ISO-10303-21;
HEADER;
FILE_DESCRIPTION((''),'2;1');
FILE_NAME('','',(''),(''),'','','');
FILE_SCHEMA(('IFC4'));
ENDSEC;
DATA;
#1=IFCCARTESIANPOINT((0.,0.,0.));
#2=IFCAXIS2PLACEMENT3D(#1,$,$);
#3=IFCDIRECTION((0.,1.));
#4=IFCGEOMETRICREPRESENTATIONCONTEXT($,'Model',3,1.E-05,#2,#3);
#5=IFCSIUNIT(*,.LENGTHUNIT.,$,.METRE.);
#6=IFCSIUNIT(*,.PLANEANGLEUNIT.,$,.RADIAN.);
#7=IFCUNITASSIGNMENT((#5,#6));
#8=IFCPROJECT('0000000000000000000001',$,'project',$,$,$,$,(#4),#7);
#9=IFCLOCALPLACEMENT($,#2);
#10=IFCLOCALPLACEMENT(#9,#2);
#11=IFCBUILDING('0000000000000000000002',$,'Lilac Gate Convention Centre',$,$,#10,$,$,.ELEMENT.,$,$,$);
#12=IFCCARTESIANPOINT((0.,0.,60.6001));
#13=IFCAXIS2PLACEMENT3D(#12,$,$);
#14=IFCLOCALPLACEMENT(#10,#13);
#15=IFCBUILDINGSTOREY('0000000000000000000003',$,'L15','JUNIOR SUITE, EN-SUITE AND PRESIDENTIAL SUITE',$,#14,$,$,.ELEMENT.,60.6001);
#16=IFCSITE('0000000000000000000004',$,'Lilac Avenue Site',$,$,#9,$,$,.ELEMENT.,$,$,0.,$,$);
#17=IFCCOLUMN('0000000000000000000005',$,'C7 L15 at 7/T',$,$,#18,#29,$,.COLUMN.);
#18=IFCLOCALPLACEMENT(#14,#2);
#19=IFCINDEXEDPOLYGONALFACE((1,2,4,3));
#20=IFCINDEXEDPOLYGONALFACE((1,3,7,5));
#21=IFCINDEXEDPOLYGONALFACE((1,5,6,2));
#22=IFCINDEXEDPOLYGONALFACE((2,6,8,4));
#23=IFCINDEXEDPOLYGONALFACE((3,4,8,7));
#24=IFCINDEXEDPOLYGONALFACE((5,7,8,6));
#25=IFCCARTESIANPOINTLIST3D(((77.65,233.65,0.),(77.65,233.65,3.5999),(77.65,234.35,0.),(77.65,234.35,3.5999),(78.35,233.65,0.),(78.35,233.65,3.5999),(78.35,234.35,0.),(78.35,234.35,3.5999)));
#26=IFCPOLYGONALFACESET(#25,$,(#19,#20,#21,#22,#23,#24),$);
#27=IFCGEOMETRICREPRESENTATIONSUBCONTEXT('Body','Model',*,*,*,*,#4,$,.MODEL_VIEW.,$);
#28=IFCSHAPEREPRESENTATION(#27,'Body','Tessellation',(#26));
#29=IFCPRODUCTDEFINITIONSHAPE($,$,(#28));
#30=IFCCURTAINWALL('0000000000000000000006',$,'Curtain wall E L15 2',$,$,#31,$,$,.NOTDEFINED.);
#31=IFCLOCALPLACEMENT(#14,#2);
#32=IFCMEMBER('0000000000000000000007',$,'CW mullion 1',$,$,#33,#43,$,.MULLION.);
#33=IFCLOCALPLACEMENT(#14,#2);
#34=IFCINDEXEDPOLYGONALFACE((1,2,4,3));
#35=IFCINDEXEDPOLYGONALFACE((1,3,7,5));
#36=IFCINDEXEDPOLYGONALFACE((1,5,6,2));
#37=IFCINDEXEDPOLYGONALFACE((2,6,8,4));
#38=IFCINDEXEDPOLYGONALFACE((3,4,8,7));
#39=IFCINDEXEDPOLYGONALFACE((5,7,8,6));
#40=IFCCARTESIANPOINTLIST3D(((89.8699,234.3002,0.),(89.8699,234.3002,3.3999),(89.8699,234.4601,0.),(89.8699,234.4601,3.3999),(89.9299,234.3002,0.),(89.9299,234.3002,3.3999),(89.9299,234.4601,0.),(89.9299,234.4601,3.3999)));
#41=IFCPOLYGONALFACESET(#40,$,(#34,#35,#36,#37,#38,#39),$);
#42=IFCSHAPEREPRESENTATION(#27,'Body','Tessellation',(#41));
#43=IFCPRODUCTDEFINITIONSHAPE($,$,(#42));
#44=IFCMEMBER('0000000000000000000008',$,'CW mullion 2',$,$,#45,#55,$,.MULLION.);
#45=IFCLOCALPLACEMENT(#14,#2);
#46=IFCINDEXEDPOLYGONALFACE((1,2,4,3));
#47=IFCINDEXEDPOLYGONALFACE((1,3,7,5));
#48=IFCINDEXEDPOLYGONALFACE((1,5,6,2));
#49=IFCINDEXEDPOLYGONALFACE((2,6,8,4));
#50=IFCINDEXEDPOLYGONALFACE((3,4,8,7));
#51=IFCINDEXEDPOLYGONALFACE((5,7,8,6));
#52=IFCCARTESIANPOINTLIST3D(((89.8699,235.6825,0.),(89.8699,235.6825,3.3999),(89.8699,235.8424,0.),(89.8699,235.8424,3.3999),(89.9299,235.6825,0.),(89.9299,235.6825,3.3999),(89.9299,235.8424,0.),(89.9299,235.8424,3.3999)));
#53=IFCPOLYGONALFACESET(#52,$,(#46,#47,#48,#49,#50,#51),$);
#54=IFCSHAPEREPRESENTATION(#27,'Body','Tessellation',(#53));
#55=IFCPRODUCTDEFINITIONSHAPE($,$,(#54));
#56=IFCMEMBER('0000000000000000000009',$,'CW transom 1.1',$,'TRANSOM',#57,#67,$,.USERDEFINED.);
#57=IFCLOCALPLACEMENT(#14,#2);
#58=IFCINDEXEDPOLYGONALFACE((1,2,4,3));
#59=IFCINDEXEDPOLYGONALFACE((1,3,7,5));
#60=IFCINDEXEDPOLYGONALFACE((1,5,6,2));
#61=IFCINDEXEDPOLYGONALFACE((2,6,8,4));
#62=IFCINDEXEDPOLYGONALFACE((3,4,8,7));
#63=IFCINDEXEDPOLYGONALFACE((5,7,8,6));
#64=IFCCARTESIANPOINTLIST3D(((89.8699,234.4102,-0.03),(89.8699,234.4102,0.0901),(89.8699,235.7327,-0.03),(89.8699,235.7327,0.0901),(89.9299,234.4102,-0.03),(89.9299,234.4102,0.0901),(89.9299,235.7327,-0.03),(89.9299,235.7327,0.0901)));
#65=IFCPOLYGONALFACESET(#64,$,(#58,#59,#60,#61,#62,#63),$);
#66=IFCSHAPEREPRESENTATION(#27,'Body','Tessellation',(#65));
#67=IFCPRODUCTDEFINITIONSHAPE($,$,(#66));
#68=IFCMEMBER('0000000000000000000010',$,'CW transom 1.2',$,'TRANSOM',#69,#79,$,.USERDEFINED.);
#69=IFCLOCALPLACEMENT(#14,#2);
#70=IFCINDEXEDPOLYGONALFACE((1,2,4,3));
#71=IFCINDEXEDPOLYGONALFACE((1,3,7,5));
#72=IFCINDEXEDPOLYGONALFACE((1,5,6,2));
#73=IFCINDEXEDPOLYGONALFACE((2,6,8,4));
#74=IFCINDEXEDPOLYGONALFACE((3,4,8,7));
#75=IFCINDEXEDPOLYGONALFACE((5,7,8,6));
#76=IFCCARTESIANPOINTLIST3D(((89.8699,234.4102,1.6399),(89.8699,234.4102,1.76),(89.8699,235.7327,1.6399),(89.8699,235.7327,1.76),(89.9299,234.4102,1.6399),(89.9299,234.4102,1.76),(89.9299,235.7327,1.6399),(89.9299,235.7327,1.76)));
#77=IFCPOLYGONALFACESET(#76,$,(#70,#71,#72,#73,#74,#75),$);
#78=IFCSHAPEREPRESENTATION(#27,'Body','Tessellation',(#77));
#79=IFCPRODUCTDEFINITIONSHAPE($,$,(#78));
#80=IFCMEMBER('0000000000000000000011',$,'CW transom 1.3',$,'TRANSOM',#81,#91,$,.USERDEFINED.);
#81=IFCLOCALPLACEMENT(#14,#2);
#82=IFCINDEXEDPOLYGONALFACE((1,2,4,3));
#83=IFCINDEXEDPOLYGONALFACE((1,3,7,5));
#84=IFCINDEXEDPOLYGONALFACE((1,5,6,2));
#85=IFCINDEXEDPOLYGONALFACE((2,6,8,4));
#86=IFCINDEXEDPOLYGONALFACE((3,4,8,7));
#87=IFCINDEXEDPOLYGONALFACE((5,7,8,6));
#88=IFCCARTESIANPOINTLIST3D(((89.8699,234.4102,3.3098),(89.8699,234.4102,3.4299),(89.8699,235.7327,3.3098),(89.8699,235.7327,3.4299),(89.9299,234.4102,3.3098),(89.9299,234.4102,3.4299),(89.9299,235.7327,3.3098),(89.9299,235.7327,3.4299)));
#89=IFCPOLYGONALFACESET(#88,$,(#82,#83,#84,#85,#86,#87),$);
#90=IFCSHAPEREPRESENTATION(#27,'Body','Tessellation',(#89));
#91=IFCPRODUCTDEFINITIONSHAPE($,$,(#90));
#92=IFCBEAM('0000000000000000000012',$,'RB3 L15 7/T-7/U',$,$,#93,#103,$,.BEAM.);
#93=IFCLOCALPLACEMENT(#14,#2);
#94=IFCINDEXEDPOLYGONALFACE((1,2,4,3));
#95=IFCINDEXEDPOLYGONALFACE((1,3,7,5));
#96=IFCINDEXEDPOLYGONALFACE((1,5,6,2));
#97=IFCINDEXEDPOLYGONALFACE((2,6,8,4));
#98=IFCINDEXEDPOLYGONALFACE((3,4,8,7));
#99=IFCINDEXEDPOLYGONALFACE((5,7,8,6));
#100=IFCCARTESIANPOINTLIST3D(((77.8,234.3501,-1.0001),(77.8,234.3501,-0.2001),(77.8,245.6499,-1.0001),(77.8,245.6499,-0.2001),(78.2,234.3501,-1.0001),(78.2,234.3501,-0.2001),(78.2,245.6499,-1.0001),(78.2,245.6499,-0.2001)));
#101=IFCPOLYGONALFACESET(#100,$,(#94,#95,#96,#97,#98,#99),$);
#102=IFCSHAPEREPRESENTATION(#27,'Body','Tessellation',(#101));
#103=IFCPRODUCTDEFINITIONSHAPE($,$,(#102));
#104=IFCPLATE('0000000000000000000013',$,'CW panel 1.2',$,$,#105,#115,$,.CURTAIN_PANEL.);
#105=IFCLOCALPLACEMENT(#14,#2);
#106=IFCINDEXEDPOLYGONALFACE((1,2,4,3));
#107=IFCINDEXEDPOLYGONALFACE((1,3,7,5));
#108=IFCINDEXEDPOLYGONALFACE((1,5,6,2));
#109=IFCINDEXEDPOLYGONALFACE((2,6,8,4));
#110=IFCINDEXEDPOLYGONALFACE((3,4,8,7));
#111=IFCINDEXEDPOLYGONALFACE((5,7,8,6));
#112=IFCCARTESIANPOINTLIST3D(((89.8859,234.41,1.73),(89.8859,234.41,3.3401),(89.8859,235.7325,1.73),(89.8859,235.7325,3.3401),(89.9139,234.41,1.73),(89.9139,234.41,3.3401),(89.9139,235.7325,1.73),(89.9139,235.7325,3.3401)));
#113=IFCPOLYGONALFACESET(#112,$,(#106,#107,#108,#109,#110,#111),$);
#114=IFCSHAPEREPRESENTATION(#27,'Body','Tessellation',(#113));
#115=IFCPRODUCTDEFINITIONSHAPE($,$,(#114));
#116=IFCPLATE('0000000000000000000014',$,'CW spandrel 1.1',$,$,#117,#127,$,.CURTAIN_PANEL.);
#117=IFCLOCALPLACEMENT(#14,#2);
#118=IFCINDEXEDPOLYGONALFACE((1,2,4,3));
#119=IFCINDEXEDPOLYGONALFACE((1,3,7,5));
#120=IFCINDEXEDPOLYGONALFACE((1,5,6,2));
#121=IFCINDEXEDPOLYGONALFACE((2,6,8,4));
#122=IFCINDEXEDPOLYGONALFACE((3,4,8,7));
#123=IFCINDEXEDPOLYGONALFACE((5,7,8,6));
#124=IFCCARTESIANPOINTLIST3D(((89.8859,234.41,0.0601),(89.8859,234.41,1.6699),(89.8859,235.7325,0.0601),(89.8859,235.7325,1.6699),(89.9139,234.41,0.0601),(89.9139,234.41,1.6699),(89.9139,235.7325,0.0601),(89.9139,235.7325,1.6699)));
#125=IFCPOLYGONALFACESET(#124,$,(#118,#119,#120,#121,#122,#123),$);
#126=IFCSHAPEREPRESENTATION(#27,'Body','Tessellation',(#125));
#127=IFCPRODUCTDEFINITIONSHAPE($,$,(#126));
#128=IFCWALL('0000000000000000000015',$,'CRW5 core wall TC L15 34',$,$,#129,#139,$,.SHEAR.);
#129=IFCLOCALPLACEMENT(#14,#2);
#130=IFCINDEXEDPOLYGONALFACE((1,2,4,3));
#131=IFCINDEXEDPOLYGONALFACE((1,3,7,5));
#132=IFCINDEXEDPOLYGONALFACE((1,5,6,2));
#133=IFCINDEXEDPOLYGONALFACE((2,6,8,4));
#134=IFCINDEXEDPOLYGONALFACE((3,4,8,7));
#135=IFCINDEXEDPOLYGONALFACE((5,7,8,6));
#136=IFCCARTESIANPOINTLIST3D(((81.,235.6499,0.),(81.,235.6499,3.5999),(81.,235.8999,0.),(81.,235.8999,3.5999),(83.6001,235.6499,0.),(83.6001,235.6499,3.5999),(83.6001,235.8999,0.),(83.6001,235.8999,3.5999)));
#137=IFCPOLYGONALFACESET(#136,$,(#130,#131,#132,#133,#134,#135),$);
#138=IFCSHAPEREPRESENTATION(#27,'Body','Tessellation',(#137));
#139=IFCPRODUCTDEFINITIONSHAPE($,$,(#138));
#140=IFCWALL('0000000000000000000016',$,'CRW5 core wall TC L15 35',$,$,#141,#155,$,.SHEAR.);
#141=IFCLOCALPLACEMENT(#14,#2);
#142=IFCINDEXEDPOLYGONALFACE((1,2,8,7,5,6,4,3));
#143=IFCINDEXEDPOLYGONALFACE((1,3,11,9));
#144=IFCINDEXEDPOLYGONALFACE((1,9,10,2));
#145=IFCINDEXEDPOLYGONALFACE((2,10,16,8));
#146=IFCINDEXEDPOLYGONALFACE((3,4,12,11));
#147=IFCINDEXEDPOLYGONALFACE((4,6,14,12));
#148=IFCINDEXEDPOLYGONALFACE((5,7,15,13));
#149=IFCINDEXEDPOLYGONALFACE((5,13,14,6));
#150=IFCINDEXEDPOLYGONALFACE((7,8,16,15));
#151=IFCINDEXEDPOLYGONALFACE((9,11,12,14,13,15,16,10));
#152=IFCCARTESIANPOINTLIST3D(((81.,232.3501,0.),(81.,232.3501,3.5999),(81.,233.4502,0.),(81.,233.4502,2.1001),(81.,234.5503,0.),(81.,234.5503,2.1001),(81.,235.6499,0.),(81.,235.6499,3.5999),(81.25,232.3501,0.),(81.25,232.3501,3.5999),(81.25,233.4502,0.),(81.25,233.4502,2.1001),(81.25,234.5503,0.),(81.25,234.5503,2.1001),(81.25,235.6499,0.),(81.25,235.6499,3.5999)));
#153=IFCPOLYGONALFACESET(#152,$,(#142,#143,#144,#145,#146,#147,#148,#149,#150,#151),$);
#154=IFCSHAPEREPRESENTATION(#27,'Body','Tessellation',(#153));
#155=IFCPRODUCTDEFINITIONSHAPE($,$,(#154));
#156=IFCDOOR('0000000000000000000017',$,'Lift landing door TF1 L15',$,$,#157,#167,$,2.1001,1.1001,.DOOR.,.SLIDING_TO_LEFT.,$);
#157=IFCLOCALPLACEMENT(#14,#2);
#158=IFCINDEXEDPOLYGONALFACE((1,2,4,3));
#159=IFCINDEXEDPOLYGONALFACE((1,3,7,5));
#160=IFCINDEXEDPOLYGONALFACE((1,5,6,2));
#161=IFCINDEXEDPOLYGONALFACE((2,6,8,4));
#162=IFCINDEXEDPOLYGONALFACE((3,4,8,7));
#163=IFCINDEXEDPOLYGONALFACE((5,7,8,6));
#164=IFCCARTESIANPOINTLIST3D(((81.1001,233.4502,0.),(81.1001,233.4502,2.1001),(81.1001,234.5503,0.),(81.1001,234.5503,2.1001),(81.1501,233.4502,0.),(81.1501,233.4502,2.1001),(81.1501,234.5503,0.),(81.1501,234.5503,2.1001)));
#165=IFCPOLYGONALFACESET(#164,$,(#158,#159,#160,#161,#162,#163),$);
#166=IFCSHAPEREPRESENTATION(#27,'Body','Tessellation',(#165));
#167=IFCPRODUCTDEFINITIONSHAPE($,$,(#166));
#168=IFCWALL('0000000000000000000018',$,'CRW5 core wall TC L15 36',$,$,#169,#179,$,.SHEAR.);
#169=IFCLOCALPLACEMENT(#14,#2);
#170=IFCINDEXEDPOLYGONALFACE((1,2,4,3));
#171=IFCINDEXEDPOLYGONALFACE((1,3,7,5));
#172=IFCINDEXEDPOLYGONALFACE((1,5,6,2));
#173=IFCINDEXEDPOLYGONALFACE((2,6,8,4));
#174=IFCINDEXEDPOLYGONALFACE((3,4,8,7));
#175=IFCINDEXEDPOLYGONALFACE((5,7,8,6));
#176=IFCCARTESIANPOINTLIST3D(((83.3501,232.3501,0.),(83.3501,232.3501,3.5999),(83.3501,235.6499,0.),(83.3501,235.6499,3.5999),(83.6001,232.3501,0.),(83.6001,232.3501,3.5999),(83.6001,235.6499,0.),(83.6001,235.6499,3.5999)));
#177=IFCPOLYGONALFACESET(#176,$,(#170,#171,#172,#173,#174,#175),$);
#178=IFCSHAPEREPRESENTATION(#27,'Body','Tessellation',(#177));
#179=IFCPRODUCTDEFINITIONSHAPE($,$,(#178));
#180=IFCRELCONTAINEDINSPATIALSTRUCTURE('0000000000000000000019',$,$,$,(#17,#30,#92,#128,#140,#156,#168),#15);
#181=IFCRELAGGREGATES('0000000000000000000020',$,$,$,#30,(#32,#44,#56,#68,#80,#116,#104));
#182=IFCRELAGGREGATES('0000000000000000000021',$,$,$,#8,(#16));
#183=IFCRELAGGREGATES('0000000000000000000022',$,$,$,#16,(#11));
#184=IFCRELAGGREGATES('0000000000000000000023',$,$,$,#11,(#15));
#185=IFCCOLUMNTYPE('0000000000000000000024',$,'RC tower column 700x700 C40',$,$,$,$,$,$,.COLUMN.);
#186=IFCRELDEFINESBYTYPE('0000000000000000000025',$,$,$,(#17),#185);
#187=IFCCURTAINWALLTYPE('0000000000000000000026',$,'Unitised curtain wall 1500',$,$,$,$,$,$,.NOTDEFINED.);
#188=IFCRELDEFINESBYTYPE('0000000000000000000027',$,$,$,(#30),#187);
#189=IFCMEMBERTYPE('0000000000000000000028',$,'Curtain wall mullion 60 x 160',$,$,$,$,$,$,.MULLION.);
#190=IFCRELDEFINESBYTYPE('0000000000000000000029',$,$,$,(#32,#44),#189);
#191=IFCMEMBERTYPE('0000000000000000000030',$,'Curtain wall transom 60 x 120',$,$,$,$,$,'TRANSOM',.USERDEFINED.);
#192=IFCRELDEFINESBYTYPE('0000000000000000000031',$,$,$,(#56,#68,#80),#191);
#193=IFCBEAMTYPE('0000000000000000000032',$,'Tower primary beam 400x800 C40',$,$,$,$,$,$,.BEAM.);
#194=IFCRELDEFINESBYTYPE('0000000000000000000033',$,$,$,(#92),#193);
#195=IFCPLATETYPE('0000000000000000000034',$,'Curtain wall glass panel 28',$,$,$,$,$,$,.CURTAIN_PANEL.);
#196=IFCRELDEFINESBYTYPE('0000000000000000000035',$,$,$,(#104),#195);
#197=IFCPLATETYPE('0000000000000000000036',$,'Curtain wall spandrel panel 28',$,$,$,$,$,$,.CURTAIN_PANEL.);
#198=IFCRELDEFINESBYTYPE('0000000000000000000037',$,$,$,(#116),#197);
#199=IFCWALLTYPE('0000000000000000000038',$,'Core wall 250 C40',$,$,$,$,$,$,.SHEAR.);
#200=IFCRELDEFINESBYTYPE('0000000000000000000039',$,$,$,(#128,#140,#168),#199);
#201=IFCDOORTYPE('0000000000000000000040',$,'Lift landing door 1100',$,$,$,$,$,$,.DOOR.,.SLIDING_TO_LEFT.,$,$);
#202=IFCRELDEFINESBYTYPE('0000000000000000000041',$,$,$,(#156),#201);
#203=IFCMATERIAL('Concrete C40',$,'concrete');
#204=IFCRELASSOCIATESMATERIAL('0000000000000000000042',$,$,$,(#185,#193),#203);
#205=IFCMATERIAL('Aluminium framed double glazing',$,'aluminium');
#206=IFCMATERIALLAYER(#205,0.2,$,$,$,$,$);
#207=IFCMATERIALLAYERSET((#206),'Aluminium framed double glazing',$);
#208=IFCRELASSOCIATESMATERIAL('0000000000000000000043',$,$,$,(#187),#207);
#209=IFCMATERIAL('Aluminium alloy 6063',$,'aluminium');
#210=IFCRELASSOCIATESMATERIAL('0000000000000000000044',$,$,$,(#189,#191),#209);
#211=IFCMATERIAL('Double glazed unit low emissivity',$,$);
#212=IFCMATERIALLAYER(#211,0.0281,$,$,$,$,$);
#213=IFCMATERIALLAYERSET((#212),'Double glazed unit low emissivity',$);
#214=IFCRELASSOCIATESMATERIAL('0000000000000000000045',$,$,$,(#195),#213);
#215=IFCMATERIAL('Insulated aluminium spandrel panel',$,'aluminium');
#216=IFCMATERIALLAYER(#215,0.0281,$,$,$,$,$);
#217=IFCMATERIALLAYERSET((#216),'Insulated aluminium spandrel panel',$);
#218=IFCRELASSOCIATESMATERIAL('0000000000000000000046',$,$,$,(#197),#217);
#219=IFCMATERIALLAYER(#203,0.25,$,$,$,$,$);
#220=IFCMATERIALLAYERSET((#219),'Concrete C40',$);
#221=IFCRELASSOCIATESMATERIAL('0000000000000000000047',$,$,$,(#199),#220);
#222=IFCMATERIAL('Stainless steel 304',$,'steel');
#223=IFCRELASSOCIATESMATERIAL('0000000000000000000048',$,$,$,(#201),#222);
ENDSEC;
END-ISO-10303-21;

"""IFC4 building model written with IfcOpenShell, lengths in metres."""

from ifc_helpers import new_model, si_unit, direction, frame, frame_2d, origin, origin_2d, place, context, subcontext, project, spatial, rectangle, extrude, material, layer, layer_set, material_profile, profile_set, type_object, element, fill, aggregate, save


model = new_model("IFC4")

# Units and contexts
model_context = context("Model", 3, precision=1e-05, world=origin(), true_north=direction((0.0, 1.0)))
body_context = subcontext(model_context, "Body", "Model", "MODEL_VIEW")
ifc_project = project(units=[si_unit("LENGTHUNIT", "METRE"), si_unit("PLANEANGLEUNIT", "RADIAN")], contexts=[model_context])

# Site, building, storey
site_placement = place(None, origin())
site = spatial("IfcSite", under=ifc_project, at=site_placement, Name="Lilac Avenue Site", CompositionType="ELEMENT", RefElevation=0.0)
building_placement = place(site_placement, origin())
building = spatial("IfcBuilding", under=site, at=building_placement, Name="Lilac Gate Convention Centre", CompositionType="ELEMENT")
storey_placement = place(building_placement, frame((0.0, 0.0, 60.6001)))
storey = spatial("IfcBuildingStorey", under=building, at=storey_placement, Name="L15", Description="JUNIOR SUITE, EN-SUITE AND PRESIDENTIAL SUITE", CompositionType="ELEMENT", Elevation=60.6001)

# Column
ifc_material_1 = material(Name="Concrete C40", Category="concrete")
ifc_material_profile_1 = material_profile(ifc_material_1, rectangle(XDim=0.7, YDim=0.7, at=origin_2d()), Name="RC 700x700")
ifc_profile_set_1 = profile_set([ifc_material_profile_1], Name="Concrete C40")
column_type = type_object("IfcColumnType", Name="RC tower column 700x700 C40", PredefinedType="COLUMN", material=ifc_profile_set_1)
column_placement = place(storey_placement, frame((78.0, 234.0, 0.0), z_axis=(0.0, 0.0, 1.0), x_axis=(1.0, 0.0, 0.0)))
element("IfcColumn", 1, at=column_placement, inside=storey, type_object=column_type, Name="C7 L15 at 7/T", PredefinedType="COLUMN", context=body_context, shape_type="SweptSolid", body=[
    extrude(rectangle(XDim=0.7, YDim=0.7, at=origin_2d()), origin(), (0.0, 0.0, 1.0), 3.5999),
])

# Curtain wall, members
ifc_material_2 = material(Name="Aluminium framed double glazing", Category="aluminium")
ifc_layer_1 = layer(ifc_material_2, 0.2)
ifc_layer_set_1 = layer_set([ifc_layer_1], Name="Aluminium framed double glazing")
curtain_wall_type = type_object("IfcCurtainWallType", Name="Unitised curtain wall 1500", PredefinedType="NOTDEFINED", material=ifc_layer_set_1)
curtain_wall_placement = place(storey_placement, origin())
curtain_wall = element("IfcCurtainWall", 2, at=curtain_wall_placement, inside=storey, type_object=curtain_wall_type, Name="Curtain wall E L15 2", PredefinedType="NOTDEFINED")
ifc_material_3 = material(Name="Aluminium alloy 6063", Category="aluminium")
ifc_material_profile_2 = material_profile(ifc_material_3, rectangle(XDim=0.0601, YDim=0.1599, at=origin_2d()), Name="Curtain wall mullion 60 x 160")
ifc_profile_set_2 = profile_set([ifc_material_profile_2], Name="Aluminium alloy 6063")
member_type_1 = type_object("IfcMemberType", Name="Curtain wall mullion 60 x 160", PredefinedType="MULLION", material=ifc_profile_set_2)
member_1_placement = place(storey_placement, frame((89.8999, 234.3801, 0.0), z_axis=(0.0, 0.0, 1.0), x_axis=(-1.0, 0.0, 0.0)))
member_1 = element("IfcMember", 3, at=member_1_placement, type_object=member_type_1, Name="CW mullion 1", PredefinedType="MULLION", context=body_context, shape_type="SweptSolid", body=[
    extrude(rectangle(XDim=0.0601, YDim=0.1599, at=origin_2d()), origin(), (0.0, 0.0, 1.0), 3.3999),
])
member_2_placement = place(storey_placement, frame((89.8999, 235.7625, 0.0), z_axis=(0.0, 0.0, 1.0), x_axis=(-1.0, 0.0, 0.0)))
member_2 = element("IfcMember", 4, at=member_2_placement, type_object=member_type_1, Name="CW mullion 2", PredefinedType="MULLION", context=body_context, shape_type="SweptSolid", body=[
    extrude(rectangle(XDim=0.0601, YDim=0.1599, at=origin_2d()), origin(), (0.0, 0.0, 1.0), 3.3999),
])
ifc_material_profile_3 = material_profile(ifc_material_3, rectangle(XDim=0.0601, YDim=0.1201, at=origin_2d()), Name="Curtain wall transom 60 x 120")
ifc_profile_set_3 = profile_set([ifc_material_profile_3], Name="Aluminium alloy 6063")
member_type_2 = type_object("IfcMemberType", Name="Curtain wall transom 60 x 120", ElementType="TRANSOM", PredefinedType="USERDEFINED", material=ifc_profile_set_3)
member_3_placement = place(storey_placement, frame((89.8999, 234.4102, 0.03), z_axis=(0.0, 1.0, 0.0), x_axis=(-1.0, 0.0, 0.0)))
member_3 = element("IfcMember", 5, at=member_3_placement, type_object=member_type_2, Name="CW transom 1.1", ObjectType="TRANSOM", PredefinedType="USERDEFINED", context=body_context, shape_type="SweptSolid", body=[
    extrude(rectangle(XDim=0.0601, YDim=0.1201, at=origin_2d()), origin(), (0.0, 0.0, 1.0), 1.3225),
])
member_4_placement = place(storey_placement, frame((89.8999, 234.4102, 1.7), z_axis=(0.0, 1.0, 0.0), x_axis=(-1.0, 0.0, 0.0)))
member_4 = element("IfcMember", 6, at=member_4_placement, type_object=member_type_2, Name="CW transom 1.2", ObjectType="TRANSOM", PredefinedType="USERDEFINED", context=body_context, shape_type="SweptSolid", body=[
    extrude(rectangle(XDim=0.0601, YDim=0.1201, at=origin_2d()), origin(), (0.0, 0.0, 1.0), 1.3225),
])
member_5_placement = place(storey_placement, frame((89.8999, 234.4102, 3.3699), z_axis=(0.0, 1.0, 0.0), x_axis=(-1.0, 0.0, 0.0)))
member_5 = element("IfcMember", 7, at=member_5_placement, type_object=member_type_2, Name="CW transom 1.3", ObjectType="TRANSOM", PredefinedType="USERDEFINED", context=body_context, shape_type="SweptSolid", body=[
    extrude(rectangle(XDim=0.0601, YDim=0.1201, at=origin_2d()), origin(), (0.0, 0.0, 1.0), 1.3225),
])

# Beam
ifc_material_profile_4 = material_profile(ifc_material_1, rectangle(XDim=0.3999, YDim=0.8, at=origin_2d()), Name="RC 400x800")
ifc_profile_set_4 = profile_set([ifc_material_profile_4], Name="Concrete C40")
beam_type = type_object("IfcBeamType", Name="Tower primary beam 400x800 C40", PredefinedType="BEAM", material=ifc_profile_set_4)
beam_placement = place(storey_placement, frame((78.0, 234.3501, -0.6001), z_axis=(0.0, 1.0, 0.0), x_axis=(-1.0, 0.0, 0.0)))
element("IfcBeam", 8, at=beam_placement, inside=storey, type_object=beam_type, Name="RB3 L15 7/T-7/U", PredefinedType="BEAM", context=body_context, shape_type="SweptSolid", body=[
    extrude(rectangle(XDim=0.3999, YDim=0.8, at=origin_2d()), origin(), (0.0, 0.0, 1.0), 11.2998),
])

# Plates
ifc_material_4 = material(Name="Double glazed unit low emissivity")
ifc_layer_2 = layer(ifc_material_4, 0.0281)
ifc_layer_set_2 = layer_set([ifc_layer_2], Name="Double glazed unit low emissivity")
plate_type_1 = type_object("IfcPlateType", Name="Curtain wall glass panel 28", PredefinedType="CURTAIN_PANEL", material=ifc_layer_set_2)
plate_1_placement = place(storey_placement, frame((89.8999, 235.0713, 1.73), z_axis=(0.0, 0.0, 1.0), x_axis=(0.0, 1.0, 0.0)))
plate_1 = element("IfcPlate", 9, at=plate_1_placement, type_object=plate_type_1, Name="CW panel 1.2", PredefinedType="CURTAIN_PANEL", context=body_context, shape_type="SweptSolid", body=[
    extrude(rectangle(XDim=1.3225, YDim=0.0281, at=origin_2d()), origin(), (0.0, 0.0, 1.0), 1.6101),
])
ifc_material_5 = material(Name="Insulated aluminium spandrel panel", Category="aluminium")
ifc_layer_3 = layer(ifc_material_5, 0.0281)
ifc_layer_set_3 = layer_set([ifc_layer_3], Name="Insulated aluminium spandrel panel")
plate_type_2 = type_object("IfcPlateType", Name="Curtain wall spandrel panel 28", PredefinedType="CURTAIN_PANEL", material=ifc_layer_set_3)
plate_2_placement = place(storey_placement, frame((89.8999, 235.0713, 0.0601), z_axis=(0.0, 0.0, 1.0), x_axis=(0.0, 1.0, 0.0)))
plate_2 = element("IfcPlate", 10, at=plate_2_placement, type_object=plate_type_2, Name="CW spandrel 1.1", PredefinedType="CURTAIN_PANEL", context=body_context, shape_type="SweptSolid", body=[
    extrude(rectangle(XDim=1.3225, YDim=0.0281, at=origin_2d()), origin(), (0.0, 0.0, 1.0), 1.6099),
])
aggregate(curtain_wall, [member_1, member_2, member_3, member_4, member_5, plate_2, plate_1])

# Wall
ifc_layer_4 = layer(ifc_material_1, 0.25)
ifc_layer_set_4 = layer_set([ifc_layer_4], Name="Concrete C40")
wall_type_1 = type_object("IfcWallType", Name="Core wall 250 C40", PredefinedType="SHEAR", material=ifc_layer_set_4)
wall_1_placement = place(storey_placement, frame((81.0, 235.7749, 0.0), z_axis=(0.0, 0.0, 1.0), x_axis=(1.0, 0.0, 0.0)))
element("IfcWall", 11, at=wall_1_placement, inside=storey, type_object=wall_type_1, Name="CRW5 core wall TC L15 34", PredefinedType="SHEAR", context=body_context, shape_type="SweptSolid", body=[
    extrude(rectangle(XDim=2.6001, YDim=0.25, at=frame_2d((1.3, 0.0))), origin(), (0.0, 0.0, 1.0), 3.5999),
])

# Wall, opening, door
wall_2_placement = place(storey_placement, frame((81.125, 232.3501, 0.0), z_axis=(0.0, 0.0, 1.0), x_axis=(0.0, 1.0, 0.0)))
wall_2 = element("IfcWall", 12, at=wall_2_placement, inside=storey, type_object=wall_type_1, Name="CRW5 core wall TC L15 35", PredefinedType="SHEAR", context=body_context, shape_type="SweptSolid", body=[
    extrude(rectangle(XDim=3.2998, YDim=0.25, at=frame_2d((1.6499, 0.0))), origin(), (0.0, 0.0, 1.0), 3.5999),
])
opening_1_placement = place(wall_2_placement, frame((1.1001, 0.0, 0.0)))
opening_1 = element("IfcOpeningElement", 13, at=opening_1_placement, cuts=wall_2, PredefinedType="OPENING", context=body_context, shape_type="SweptSolid", body=[
    extrude(rectangle(XDim=1.1001, YDim=2.1001, at=frame_2d((0.55, 1.05))), frame((0.0, 0.135, 0.0), z_axis=(0.0, -1.0, 0.0), x_axis=(1.0, 0.0, 0.0)), (0.0, 0.0, 1.0), 0.27),
])
ifc_material_6 = material(Name="Stainless steel 304", Category="steel")
door_type_1 = type_object("IfcDoorType", Name="Lift landing door 1100", OperationType="SLIDING_TO_LEFT", PredefinedType="DOOR", material=ifc_material_6)
door_1_placement = place(opening_1_placement, origin())
door_1 = element("IfcDoor", 14, at=door_1_placement, inside=storey, type_object=door_type_1, Name="Lift landing door TF1 L15", OperationType="SLIDING_TO_LEFT", OverallHeight=2.1001, OverallWidth=1.1001, PredefinedType="DOOR", context=body_context, shape_type="SweptSolid", body=[
    extrude(rectangle(XDim=1.1001, YDim=2.1001, at=frame_2d((0.55, 1.05))), frame((0.0, 0.0249, 0.0), z_axis=(0.0, -1.0, 0.0), x_axis=(1.0, 0.0, 0.0)), (0.0, 0.0, 1.0), 0.05),
])
fill(opening_1, door_1)

# Wall
wall_3_placement = place(storey_placement, frame((83.4751, 232.3501, 0.0), z_axis=(0.0, 0.0, 1.0), x_axis=(0.0, 1.0, 0.0)))
element("IfcWall", 15, at=wall_3_placement, inside=storey, type_object=wall_type_1, Name="CRW5 core wall TC L15 36", PredefinedType="SHEAR", context=body_context, shape_type="SweptSolid", body=[
    extrude(rectangle(XDim=3.2998, YDim=0.25, at=frame_2d((1.6499, 0.0))), origin(), (0.0, 0.0, 1.0), 3.5999),
])

save(model, "model.ifc")
